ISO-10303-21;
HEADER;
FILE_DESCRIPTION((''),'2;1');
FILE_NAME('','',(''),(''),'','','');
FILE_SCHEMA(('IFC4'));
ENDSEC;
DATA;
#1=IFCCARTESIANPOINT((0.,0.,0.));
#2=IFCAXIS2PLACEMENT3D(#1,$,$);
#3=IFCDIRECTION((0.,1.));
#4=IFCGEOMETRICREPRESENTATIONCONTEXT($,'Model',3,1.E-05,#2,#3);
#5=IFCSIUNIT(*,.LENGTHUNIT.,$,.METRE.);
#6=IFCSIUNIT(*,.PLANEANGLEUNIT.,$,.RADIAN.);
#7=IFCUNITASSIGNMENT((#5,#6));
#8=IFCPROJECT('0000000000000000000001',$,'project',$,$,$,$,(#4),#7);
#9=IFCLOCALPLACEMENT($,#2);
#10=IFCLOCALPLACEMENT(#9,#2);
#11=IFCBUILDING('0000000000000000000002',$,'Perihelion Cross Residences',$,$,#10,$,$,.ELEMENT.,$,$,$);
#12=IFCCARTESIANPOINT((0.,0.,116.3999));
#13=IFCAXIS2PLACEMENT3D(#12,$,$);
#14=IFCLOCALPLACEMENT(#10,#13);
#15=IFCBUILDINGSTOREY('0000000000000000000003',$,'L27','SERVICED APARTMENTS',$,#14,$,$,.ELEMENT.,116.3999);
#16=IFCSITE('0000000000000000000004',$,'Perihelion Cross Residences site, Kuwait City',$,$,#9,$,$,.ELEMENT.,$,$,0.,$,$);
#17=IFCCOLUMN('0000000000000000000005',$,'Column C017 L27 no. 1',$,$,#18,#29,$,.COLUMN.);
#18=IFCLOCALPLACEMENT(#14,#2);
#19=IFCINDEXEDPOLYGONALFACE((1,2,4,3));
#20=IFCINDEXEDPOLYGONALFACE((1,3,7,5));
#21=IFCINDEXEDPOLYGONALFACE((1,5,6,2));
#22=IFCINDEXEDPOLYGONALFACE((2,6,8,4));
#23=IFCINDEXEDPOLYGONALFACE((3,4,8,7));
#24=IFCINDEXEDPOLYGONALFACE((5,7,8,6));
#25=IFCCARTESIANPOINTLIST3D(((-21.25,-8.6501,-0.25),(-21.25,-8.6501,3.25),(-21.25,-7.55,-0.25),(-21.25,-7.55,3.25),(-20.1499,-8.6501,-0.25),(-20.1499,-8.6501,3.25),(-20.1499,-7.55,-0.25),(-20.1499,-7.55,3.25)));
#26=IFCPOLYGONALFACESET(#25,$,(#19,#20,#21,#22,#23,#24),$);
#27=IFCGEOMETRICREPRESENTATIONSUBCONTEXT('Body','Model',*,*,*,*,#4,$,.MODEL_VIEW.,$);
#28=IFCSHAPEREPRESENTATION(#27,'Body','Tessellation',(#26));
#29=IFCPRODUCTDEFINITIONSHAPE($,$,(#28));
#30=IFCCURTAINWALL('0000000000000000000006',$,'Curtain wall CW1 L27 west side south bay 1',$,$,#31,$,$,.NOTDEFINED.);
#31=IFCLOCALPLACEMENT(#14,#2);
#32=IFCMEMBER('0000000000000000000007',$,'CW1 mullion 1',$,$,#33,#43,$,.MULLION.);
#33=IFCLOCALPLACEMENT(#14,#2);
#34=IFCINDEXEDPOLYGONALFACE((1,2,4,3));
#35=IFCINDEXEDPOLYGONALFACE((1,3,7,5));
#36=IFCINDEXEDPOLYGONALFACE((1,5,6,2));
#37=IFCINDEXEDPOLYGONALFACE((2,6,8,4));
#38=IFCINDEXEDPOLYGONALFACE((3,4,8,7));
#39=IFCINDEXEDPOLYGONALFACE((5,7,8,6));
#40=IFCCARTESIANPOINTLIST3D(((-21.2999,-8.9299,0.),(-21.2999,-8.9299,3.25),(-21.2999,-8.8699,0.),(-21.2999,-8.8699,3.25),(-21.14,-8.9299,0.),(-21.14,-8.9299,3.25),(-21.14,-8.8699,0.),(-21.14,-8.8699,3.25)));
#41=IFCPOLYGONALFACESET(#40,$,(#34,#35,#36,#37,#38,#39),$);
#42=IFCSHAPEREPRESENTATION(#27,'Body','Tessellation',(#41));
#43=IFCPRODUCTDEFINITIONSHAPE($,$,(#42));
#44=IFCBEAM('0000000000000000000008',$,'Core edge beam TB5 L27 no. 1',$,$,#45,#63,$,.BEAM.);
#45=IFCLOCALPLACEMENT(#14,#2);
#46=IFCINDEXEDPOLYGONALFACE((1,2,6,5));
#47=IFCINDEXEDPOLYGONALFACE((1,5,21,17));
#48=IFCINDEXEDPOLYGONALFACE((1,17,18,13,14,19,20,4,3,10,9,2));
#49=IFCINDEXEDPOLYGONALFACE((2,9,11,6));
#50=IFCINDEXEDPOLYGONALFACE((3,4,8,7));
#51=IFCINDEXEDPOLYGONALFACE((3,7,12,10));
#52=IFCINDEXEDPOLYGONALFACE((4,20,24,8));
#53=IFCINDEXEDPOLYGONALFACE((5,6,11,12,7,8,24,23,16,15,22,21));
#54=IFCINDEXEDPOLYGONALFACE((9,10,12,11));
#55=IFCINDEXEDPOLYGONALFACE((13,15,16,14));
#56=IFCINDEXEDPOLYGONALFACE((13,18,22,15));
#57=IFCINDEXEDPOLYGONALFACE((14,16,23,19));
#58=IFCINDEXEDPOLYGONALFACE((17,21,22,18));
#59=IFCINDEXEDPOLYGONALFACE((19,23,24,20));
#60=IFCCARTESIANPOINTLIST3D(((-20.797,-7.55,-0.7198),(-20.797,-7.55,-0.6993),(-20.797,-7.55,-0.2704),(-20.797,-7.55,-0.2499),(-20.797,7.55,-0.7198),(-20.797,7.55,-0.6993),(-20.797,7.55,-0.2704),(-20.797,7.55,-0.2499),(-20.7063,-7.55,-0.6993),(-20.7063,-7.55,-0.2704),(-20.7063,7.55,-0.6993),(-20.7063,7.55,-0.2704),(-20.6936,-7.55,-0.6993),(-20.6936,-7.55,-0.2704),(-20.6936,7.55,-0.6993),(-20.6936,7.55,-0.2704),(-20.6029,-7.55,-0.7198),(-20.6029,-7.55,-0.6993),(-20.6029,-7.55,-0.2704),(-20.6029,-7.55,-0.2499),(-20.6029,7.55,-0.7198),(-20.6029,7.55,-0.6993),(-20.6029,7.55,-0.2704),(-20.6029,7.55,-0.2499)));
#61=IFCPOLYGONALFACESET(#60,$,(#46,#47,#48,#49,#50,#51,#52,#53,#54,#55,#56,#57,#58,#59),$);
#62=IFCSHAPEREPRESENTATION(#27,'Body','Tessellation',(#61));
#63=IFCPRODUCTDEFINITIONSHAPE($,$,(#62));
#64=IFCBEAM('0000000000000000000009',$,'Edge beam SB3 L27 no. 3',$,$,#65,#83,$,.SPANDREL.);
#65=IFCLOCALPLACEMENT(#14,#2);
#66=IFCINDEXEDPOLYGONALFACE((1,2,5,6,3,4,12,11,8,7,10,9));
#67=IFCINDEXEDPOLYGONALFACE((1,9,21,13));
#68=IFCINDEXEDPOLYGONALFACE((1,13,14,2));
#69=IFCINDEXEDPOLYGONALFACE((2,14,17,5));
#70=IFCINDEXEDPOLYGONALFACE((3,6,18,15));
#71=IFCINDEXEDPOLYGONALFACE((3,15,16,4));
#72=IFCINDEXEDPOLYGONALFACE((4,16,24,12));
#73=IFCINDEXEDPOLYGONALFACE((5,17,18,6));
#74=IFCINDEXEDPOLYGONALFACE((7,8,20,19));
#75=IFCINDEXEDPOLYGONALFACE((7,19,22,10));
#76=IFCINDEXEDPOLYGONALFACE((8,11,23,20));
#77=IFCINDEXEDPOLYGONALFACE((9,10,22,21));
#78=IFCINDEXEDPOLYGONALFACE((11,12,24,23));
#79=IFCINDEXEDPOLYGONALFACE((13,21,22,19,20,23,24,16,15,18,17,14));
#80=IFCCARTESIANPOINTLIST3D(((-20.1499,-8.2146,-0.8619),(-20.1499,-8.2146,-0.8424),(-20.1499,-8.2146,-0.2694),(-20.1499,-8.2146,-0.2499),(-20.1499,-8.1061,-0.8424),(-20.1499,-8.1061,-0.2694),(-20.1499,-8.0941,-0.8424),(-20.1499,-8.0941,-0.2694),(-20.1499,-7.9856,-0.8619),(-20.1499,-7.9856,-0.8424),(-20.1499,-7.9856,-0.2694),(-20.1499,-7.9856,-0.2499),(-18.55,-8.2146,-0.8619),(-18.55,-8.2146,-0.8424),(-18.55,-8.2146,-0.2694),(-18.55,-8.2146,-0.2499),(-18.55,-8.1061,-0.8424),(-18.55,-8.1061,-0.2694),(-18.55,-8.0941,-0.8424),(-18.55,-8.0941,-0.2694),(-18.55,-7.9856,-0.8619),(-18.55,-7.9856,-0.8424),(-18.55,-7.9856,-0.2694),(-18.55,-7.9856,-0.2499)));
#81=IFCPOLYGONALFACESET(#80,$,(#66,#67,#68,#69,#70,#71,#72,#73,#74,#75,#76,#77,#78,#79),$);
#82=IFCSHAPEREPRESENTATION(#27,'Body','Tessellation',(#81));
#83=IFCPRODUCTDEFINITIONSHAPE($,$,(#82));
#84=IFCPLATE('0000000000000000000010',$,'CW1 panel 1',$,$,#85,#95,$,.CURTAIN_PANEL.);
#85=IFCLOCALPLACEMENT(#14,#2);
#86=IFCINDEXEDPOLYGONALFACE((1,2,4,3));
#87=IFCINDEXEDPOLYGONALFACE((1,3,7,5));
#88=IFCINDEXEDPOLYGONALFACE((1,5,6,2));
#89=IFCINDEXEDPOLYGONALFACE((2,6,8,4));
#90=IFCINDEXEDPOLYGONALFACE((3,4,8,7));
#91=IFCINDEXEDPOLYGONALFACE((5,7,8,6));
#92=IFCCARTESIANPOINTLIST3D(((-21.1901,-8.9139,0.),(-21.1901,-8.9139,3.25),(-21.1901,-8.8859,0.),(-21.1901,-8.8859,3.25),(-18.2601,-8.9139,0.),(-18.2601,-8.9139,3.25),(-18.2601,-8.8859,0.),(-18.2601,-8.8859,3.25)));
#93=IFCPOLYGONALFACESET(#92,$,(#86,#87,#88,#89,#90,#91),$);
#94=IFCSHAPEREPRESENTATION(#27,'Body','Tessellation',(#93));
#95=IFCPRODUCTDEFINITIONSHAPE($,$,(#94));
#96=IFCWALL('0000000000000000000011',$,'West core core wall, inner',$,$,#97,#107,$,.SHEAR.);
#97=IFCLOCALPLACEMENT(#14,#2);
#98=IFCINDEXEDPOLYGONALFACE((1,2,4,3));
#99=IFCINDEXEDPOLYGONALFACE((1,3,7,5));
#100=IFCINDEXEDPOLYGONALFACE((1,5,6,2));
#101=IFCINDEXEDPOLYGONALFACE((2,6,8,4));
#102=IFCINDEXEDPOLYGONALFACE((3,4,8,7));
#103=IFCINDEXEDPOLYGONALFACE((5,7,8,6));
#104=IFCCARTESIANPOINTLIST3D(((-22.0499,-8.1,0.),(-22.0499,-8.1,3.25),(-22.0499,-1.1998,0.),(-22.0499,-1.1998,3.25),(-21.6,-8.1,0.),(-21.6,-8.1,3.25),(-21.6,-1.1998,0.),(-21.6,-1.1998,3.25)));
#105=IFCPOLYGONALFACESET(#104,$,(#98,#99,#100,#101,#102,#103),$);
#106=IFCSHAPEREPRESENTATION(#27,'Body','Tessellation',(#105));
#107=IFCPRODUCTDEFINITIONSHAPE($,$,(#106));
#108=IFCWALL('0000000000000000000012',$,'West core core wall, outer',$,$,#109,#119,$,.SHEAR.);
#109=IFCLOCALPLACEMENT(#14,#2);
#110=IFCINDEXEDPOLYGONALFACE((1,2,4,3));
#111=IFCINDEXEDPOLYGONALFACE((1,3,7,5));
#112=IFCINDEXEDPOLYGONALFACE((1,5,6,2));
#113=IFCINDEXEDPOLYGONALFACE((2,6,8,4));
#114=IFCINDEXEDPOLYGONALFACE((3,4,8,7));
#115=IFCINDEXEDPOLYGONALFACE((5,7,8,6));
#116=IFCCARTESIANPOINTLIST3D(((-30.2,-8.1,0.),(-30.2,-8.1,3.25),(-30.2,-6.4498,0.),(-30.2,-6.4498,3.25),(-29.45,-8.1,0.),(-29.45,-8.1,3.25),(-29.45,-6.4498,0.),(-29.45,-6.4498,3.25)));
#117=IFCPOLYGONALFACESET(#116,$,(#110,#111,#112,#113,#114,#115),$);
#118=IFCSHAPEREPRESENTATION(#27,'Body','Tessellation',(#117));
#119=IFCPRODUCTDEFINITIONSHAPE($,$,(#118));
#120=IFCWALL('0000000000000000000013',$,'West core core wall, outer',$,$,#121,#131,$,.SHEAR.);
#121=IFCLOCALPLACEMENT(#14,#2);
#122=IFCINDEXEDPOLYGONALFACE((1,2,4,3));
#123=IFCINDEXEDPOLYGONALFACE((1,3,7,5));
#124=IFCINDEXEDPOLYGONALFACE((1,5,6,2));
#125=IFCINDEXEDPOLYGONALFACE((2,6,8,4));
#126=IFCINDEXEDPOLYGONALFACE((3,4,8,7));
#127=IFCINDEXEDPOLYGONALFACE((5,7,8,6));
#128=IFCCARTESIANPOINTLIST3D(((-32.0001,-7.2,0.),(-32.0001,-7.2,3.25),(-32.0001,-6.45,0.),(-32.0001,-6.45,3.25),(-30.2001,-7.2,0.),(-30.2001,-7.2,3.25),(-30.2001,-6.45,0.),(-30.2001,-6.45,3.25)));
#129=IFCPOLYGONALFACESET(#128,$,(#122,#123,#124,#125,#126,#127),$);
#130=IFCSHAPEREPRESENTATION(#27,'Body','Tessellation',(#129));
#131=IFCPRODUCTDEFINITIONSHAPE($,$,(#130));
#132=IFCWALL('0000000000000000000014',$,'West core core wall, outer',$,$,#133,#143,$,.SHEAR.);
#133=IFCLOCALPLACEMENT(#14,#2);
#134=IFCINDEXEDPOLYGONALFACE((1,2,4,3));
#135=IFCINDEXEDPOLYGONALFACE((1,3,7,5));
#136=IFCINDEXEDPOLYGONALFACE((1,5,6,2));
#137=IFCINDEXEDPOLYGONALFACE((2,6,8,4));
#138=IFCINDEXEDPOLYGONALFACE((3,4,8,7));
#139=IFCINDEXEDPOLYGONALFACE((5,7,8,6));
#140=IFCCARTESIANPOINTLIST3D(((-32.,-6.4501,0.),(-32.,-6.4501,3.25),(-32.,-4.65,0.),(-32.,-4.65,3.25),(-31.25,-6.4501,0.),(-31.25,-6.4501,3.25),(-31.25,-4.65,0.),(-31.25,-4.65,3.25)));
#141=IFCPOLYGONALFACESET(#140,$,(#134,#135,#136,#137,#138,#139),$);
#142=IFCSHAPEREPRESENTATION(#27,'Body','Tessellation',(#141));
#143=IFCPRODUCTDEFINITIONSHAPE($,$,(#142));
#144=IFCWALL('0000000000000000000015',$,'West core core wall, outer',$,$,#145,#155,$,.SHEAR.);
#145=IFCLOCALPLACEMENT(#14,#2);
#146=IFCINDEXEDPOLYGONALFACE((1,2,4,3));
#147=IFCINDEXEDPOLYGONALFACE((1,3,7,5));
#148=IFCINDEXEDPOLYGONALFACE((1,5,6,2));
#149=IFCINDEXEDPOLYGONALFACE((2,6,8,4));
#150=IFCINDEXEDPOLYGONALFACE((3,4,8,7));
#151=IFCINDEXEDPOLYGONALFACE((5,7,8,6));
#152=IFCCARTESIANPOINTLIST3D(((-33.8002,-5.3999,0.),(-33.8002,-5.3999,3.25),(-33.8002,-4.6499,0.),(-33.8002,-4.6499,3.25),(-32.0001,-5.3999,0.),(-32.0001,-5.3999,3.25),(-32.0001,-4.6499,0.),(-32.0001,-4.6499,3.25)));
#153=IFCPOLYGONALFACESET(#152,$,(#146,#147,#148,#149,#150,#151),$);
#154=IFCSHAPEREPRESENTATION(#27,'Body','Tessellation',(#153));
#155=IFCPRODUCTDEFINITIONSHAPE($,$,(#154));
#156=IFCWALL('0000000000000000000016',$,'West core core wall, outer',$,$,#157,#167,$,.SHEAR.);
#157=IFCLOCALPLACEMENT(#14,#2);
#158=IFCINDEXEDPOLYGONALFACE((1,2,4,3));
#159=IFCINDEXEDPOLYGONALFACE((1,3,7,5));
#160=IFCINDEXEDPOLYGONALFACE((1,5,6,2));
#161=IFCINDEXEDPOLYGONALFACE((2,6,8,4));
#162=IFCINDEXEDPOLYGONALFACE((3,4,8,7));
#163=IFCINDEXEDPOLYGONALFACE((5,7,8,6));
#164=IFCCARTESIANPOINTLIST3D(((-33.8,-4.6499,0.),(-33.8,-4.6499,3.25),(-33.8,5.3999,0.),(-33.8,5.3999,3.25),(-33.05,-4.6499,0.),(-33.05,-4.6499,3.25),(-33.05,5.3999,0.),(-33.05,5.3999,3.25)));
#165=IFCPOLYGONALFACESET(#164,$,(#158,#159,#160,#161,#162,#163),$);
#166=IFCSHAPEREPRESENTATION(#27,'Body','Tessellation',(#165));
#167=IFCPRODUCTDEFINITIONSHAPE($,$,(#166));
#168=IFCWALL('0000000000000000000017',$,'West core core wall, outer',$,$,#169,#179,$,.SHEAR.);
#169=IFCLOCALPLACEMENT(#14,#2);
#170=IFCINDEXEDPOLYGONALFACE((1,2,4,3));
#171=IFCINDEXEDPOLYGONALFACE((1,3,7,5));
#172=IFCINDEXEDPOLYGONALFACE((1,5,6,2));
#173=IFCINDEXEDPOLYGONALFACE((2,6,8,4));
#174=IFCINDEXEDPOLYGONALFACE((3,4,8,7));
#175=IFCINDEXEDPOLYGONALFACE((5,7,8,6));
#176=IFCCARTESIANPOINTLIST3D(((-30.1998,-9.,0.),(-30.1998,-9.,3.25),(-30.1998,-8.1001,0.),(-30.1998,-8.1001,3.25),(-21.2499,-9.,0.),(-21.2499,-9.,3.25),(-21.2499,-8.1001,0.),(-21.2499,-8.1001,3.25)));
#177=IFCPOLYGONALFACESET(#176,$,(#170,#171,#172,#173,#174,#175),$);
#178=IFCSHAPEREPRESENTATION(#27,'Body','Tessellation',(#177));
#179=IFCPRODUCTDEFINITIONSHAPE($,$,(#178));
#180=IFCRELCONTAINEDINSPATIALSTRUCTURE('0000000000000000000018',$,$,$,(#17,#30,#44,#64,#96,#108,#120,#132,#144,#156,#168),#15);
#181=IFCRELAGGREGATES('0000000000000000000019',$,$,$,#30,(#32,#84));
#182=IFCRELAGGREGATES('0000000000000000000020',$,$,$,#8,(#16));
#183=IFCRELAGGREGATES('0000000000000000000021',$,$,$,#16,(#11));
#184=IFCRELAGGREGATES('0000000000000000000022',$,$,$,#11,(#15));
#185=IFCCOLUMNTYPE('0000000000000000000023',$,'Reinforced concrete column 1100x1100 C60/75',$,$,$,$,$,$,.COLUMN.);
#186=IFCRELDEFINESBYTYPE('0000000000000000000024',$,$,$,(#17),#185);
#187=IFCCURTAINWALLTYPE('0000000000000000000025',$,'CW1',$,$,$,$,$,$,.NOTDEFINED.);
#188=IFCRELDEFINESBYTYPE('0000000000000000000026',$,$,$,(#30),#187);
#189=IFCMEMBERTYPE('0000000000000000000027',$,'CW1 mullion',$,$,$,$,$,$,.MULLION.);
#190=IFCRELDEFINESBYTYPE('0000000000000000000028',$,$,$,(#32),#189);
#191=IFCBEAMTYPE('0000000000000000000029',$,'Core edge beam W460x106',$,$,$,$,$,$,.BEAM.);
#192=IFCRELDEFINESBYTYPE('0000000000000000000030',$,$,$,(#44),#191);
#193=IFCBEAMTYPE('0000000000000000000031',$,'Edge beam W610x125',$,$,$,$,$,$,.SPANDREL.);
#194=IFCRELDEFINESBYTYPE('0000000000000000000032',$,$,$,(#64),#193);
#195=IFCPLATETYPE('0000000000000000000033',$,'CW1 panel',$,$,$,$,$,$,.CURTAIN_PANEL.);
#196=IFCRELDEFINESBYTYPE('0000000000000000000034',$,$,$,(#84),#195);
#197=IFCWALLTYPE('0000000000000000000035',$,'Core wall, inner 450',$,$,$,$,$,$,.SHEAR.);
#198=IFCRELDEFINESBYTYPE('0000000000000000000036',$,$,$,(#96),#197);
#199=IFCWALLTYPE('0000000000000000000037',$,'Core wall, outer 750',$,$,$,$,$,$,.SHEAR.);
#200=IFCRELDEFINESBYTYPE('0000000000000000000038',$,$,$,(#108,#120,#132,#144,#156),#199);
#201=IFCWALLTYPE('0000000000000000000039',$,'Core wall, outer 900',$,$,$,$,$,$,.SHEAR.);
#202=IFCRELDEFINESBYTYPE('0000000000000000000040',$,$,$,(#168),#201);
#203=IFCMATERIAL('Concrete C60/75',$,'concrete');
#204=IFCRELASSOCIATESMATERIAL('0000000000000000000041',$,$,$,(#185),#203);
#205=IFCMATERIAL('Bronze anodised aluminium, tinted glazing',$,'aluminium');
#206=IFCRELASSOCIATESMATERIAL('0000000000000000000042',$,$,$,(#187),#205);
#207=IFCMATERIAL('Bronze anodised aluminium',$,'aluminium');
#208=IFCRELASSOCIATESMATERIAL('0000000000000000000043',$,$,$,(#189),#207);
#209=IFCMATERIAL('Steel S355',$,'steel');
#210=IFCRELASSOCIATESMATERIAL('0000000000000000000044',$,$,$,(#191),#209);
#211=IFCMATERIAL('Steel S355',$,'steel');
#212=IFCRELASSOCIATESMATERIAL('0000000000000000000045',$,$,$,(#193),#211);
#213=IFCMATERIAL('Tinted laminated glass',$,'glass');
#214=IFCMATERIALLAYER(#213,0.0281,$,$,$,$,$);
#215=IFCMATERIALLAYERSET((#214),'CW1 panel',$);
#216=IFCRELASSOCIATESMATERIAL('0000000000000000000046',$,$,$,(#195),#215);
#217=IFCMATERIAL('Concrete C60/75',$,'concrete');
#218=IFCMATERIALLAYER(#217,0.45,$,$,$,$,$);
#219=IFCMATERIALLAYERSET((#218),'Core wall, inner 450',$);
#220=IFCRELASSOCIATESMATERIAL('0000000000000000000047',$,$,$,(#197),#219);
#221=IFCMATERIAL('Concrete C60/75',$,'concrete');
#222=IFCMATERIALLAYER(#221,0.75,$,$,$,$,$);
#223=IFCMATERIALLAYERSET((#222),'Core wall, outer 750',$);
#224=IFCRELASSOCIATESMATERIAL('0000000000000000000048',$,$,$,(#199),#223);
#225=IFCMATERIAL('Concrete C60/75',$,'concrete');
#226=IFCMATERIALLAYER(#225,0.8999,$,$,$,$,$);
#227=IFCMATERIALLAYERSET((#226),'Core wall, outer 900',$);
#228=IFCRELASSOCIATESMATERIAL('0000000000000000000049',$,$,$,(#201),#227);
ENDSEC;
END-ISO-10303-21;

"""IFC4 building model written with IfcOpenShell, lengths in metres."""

from ifc_helpers import new_model, si_unit, direction, frame, frame_2d, origin, origin_2d, place, context, subcontext, project, spatial, rectangle, i_section, extrude, material, layer, layer_set, material_profile, profile_set, type_object, element, aggregate, save


model = new_model("IFC4")

# Units and contexts
model_context = context("Model", 3, precision=1e-05, world=origin(), true_north=direction((0.0, 1.0)))
body_context = subcontext(model_context, "Body", "Model", "MODEL_VIEW")
ifc_project = project(units=[si_unit("LENGTHUNIT", "METRE"), si_unit("PLANEANGLEUNIT", "RADIAN")], contexts=[model_context])

# Site, building, storey
site_placement = place(None, origin())
site = spatial("IfcSite", under=ifc_project, at=site_placement, Name="Perihelion Cross Residences site, Kuwait City", CompositionType="ELEMENT", RefElevation=0.0)
building_placement = place(site_placement, origin())
building = spatial("IfcBuilding", under=site, at=building_placement, Name="Perihelion Cross Residences", CompositionType="ELEMENT")
storey_placement = place(building_placement, frame((0.0, 0.0, 116.3999)))
storey = spatial("IfcBuildingStorey", under=building, at=storey_placement, Name="L27", Description="SERVICED APARTMENTS", CompositionType="ELEMENT", Elevation=116.3999)

# Column
ifc_material_1 = material(Name="Concrete C60/75", Category="concrete")
ifc_material_profile_1 = material_profile(ifc_material_1, rectangle(XDim=1.1001, YDim=1.1001, at=origin_2d()), Name="RC 1100x1100")
ifc_profile_set_1 = profile_set([ifc_material_profile_1], Name="Concrete C60/75")
column_type = type_object("IfcColumnType", Name="Reinforced concrete column 1100x1100 C60/75", PredefinedType="COLUMN", material=ifc_profile_set_1)
column_placement = place(storey_placement, frame((-20.7, -8.1001, -0.25), z_axis=(0.0, 0.0, 1.0), x_axis=(1.0, 0.0, 0.0)))
element("IfcColumn", 1, at=column_placement, inside=storey, type_object=column_type, Name="Column C017 L27 no. 1", PredefinedType="COLUMN", context=body_context, shape_type="SweptSolid", body=[
    extrude(rectangle(XDim=1.1001, YDim=1.1001, at=origin_2d()), origin(), (0.0, 0.0, 1.0), 3.5),
])

# Curtain wall, member
ifc_material_2 = material(Name="Bronze anodised aluminium, tinted glazing", Category="aluminium")
curtain_wall_type = type_object("IfcCurtainWallType", Name="CW1", PredefinedType="NOTDEFINED", material=ifc_material_2)
curtain_wall_placement = place(storey_placement, origin())
curtain_wall = element("IfcCurtainWall", 2, at=curtain_wall_placement, inside=storey, type_object=curtain_wall_type, Name="Curtain wall CW1 L27 west side south bay 1", PredefinedType="NOTDEFINED")
ifc_material_3 = material(Name="Bronze anodised aluminium", Category="aluminium")
ifc_material_profile_2 = material_profile(ifc_material_3, rectangle(XDim=0.0601, YDim=0.1599, at=origin_2d()), Name="CW1 mullion")
ifc_profile_set_2 = profile_set([ifc_material_profile_2], Name="Bronze anodised aluminium")
member_type = type_object("IfcMemberType", Name="CW1 mullion", PredefinedType="MULLION", material=ifc_profile_set_2)
member_placement = place(storey_placement, frame((-21.22, -8.8999, 0.0), z_axis=(0.0, 0.0, 1.0), x_axis=(0.0, 1.0, 0.0)))
member = element("IfcMember", 3, at=member_placement, type_object=member_type, Name="CW1 mullion 1", PredefinedType="MULLION", context=body_context, shape_type="SweptSolid", body=[
    extrude(rectangle(XDim=0.0601, YDim=0.1599, at=origin_2d()), origin(), (0.0, 0.0, 1.0), 3.25),
])

# Beams
ifc_material_4 = material(Name="Steel S355", Category="steel")
ifc_material_profile_3 = material_profile(ifc_material_4, i_section(OverallWidth=0.1941, OverallDepth=0.47, WebThickness=0.0127, FlangeThickness=0.0205, at=origin_2d()), Name="W460x106")
ifc_profile_set_3 = profile_set([ifc_material_profile_3], Name="Steel S355")
beam_type_1 = type_object("IfcBeamType", Name="Core edge beam W460x106", PredefinedType="BEAM", material=ifc_profile_set_3)
beam_1_placement = place(storey_placement, frame((-20.7, -7.55, -0.4849), z_axis=(0.0, 1.0, 0.0), x_axis=(-1.0, 0.0, 0.0)))
element("IfcBeam", 4, at=beam_1_placement, inside=storey, type_object=beam_type_1, Name="Core edge beam TB5 L27 no. 1", PredefinedType="BEAM", context=body_context, shape_type="SweptSolid", body=[
    extrude(i_section(OverallWidth=0.1941, OverallDepth=0.47, WebThickness=0.0127, FlangeThickness=0.0205, at=origin_2d()), origin(), (0.0, 0.0, 1.0), 15.1001),
])
ifc_material_5 = material(Name="Steel S355", Category="steel")
ifc_material_profile_4 = material_profile(ifc_material_5, i_section(OverallWidth=0.229, OverallDepth=0.6121, WebThickness=0.012, FlangeThickness=0.0195, at=origin_2d()), Name="W610x125")
ifc_profile_set_4 = profile_set([ifc_material_profile_4], Name="Steel S355")
beam_type_2 = type_object("IfcBeamType", Name="Edge beam W610x125", PredefinedType="SPANDREL", material=ifc_profile_set_4)
beam_2_placement = place(storey_placement, frame((-20.1499, -8.1001, -0.5559), z_axis=(1.0, 0.0, 0.0), x_axis=(0.0, 1.0, 0.0)))
element("IfcBeam", 5, at=beam_2_placement, inside=storey, type_object=beam_type_2, Name="Edge beam SB3 L27 no. 3", PredefinedType="SPANDREL", context=body_context, shape_type="SweptSolid", body=[
    extrude(i_section(OverallWidth=0.229, OverallDepth=0.6121, WebThickness=0.012, FlangeThickness=0.0195, at=origin_2d()), origin(), (0.0, 0.0, 1.0), 1.5999),
])

# Plate
ifc_material_6 = material(Name="Tinted laminated glass", Category="glass")
ifc_layer_1 = layer(ifc_material_6, 0.0281)
ifc_layer_set_1 = layer_set([ifc_layer_1], Name="CW1 panel")
plate_type = type_object("IfcPlateType", Name="CW1 panel", PredefinedType="CURTAIN_PANEL", material=ifc_layer_set_1)
plate_placement = place(storey_placement, frame((-19.7251, -8.8999, 0.0), z_axis=(0.0, 0.0, 1.0), x_axis=(1.0, 0.0, 0.0)))
plate = element("IfcPlate", 6, at=plate_placement, type_object=plate_type, Name="CW1 panel 1", PredefinedType="CURTAIN_PANEL", context=body_context, shape_type="SweptSolid", body=[
    extrude(rectangle(XDim=2.9299, YDim=0.0281, at=origin_2d()), origin(), (0.0, 0.0, 1.0), 3.25),
])
aggregate(curtain_wall, [member, plate])

# Walls
ifc_material_7 = material(Name="Concrete C60/75", Category="concrete")
ifc_layer_2 = layer(ifc_material_7, 0.45)
ifc_layer_set_2 = layer_set([ifc_layer_2], Name="Core wall, inner 450")
wall_type_1 = type_object("IfcWallType", Name="Core wall, inner 450", PredefinedType="SHEAR", material=ifc_layer_set_2)
wall_1_placement = place(storey_placement, frame((-21.825, -8.1001, 0.0), z_axis=(0.0, 0.0, 1.0), x_axis=(0.0, 1.0, 0.0)))
element("IfcWall", 7, at=wall_1_placement, inside=storey, type_object=wall_type_1, Name="West core core wall, inner", PredefinedType="SHEAR", context=body_context, shape_type="SweptSolid", body=[
    extrude(rectangle(XDim=6.9001, YDim=0.45, at=frame_2d((3.4502, 0.0))), origin(), (0.0, 0.0, 1.0), 3.25),
])
ifc_material_8 = material(Name="Concrete C60/75", Category="concrete")
ifc_layer_3 = layer(ifc_material_8, 0.75)
ifc_layer_set_3 = layer_set([ifc_layer_3], Name="Core wall, outer 750")
wall_type_2 = type_object("IfcWallType", Name="Core wall, outer 750", PredefinedType="SHEAR", material=ifc_layer_set_3)
wall_2_placement = place(storey_placement, frame((-29.825, -8.1001, 0.0), z_axis=(0.0, 0.0, 1.0), x_axis=(0.0, 1.0, 0.0)))
element("IfcWall", 8, at=wall_2_placement, inside=storey, type_object=wall_type_2, Name="West core core wall, outer", PredefinedType="SHEAR", context=body_context, shape_type="SweptSolid", body=[
    extrude(rectangle(XDim=1.6501, YDim=0.75, at=frame_2d((0.8252, 0.0))), origin(), (0.0, 0.0, 1.0), 3.25),
])
for number, where, z_axis, x_axis, name in (
    (9, (-32.0, -6.825, 0.0), (0.0, 0.0, 1.0), (1.0, 0.0, 0.0), "West core core wall, outer"),
    (10, (-31.625, -6.45, 0.0), (0.0, 0.0, 1.0), (0.0, 1.0, 0.0), "West core core wall, outer"),
    (11, (-33.8, -5.0249, 0.0), (0.0, 0.0, 1.0), (1.0, 0.0, 0.0), "West core core wall, outer"),
):
    element("IfcWall", number, at=place(storey_placement, frame(where, z_axis=z_axis, x_axis=x_axis)), inside=storey, type_object=wall_type_2, Name=name, PredefinedType="SHEAR", context=body_context, shape_type="SweptSolid", body=[
        extrude(rectangle(XDim=1.8, YDim=0.75, at=frame_2d((0.8999, 0.0))), origin(), (0.0, 0.0, 1.0), 3.25),
    ])
wall_3_placement = place(storey_placement, frame((-33.425, -4.6499, 0.0), z_axis=(0.0, 0.0, 1.0), x_axis=(0.0, 1.0, 0.0)))
element("IfcWall", 12, at=wall_3_placement, inside=storey, type_object=wall_type_2, Name="West core core wall, outer", PredefinedType="SHEAR", context=body_context, shape_type="SweptSolid", body=[
    extrude(rectangle(XDim=10.0498, YDim=0.75, at=frame_2d((5.0249, 0.0))), origin(), (0.0, 0.0, 1.0), 3.25),
])
ifc_material_9 = material(Name="Concrete C60/75", Category="concrete")
ifc_layer_4 = layer(ifc_material_9, 0.8999)
ifc_layer_set_4 = layer_set([ifc_layer_4], Name="Core wall, outer 900")
wall_type_3 = type_object("IfcWallType", Name="Core wall, outer 900", PredefinedType="SHEAR", material=ifc_layer_set_4)
wall_4_placement = place(storey_placement, frame((-30.2, -8.55, 0.0), z_axis=(0.0, 0.0, 1.0), x_axis=(1.0, 0.0, 0.0)))
element("IfcWall", 13, at=wall_4_placement, inside=storey, type_object=wall_type_3, Name="West core core wall, outer", PredefinedType="SHEAR", context=body_context, shape_type="SweptSolid", body=[
    extrude(rectangle(XDim=8.95, YDim=0.8999, at=frame_2d((4.4751, 0.0))), origin(), (0.0, 0.0, 1.0), 3.25),
])

save(model, "model.ifc")
